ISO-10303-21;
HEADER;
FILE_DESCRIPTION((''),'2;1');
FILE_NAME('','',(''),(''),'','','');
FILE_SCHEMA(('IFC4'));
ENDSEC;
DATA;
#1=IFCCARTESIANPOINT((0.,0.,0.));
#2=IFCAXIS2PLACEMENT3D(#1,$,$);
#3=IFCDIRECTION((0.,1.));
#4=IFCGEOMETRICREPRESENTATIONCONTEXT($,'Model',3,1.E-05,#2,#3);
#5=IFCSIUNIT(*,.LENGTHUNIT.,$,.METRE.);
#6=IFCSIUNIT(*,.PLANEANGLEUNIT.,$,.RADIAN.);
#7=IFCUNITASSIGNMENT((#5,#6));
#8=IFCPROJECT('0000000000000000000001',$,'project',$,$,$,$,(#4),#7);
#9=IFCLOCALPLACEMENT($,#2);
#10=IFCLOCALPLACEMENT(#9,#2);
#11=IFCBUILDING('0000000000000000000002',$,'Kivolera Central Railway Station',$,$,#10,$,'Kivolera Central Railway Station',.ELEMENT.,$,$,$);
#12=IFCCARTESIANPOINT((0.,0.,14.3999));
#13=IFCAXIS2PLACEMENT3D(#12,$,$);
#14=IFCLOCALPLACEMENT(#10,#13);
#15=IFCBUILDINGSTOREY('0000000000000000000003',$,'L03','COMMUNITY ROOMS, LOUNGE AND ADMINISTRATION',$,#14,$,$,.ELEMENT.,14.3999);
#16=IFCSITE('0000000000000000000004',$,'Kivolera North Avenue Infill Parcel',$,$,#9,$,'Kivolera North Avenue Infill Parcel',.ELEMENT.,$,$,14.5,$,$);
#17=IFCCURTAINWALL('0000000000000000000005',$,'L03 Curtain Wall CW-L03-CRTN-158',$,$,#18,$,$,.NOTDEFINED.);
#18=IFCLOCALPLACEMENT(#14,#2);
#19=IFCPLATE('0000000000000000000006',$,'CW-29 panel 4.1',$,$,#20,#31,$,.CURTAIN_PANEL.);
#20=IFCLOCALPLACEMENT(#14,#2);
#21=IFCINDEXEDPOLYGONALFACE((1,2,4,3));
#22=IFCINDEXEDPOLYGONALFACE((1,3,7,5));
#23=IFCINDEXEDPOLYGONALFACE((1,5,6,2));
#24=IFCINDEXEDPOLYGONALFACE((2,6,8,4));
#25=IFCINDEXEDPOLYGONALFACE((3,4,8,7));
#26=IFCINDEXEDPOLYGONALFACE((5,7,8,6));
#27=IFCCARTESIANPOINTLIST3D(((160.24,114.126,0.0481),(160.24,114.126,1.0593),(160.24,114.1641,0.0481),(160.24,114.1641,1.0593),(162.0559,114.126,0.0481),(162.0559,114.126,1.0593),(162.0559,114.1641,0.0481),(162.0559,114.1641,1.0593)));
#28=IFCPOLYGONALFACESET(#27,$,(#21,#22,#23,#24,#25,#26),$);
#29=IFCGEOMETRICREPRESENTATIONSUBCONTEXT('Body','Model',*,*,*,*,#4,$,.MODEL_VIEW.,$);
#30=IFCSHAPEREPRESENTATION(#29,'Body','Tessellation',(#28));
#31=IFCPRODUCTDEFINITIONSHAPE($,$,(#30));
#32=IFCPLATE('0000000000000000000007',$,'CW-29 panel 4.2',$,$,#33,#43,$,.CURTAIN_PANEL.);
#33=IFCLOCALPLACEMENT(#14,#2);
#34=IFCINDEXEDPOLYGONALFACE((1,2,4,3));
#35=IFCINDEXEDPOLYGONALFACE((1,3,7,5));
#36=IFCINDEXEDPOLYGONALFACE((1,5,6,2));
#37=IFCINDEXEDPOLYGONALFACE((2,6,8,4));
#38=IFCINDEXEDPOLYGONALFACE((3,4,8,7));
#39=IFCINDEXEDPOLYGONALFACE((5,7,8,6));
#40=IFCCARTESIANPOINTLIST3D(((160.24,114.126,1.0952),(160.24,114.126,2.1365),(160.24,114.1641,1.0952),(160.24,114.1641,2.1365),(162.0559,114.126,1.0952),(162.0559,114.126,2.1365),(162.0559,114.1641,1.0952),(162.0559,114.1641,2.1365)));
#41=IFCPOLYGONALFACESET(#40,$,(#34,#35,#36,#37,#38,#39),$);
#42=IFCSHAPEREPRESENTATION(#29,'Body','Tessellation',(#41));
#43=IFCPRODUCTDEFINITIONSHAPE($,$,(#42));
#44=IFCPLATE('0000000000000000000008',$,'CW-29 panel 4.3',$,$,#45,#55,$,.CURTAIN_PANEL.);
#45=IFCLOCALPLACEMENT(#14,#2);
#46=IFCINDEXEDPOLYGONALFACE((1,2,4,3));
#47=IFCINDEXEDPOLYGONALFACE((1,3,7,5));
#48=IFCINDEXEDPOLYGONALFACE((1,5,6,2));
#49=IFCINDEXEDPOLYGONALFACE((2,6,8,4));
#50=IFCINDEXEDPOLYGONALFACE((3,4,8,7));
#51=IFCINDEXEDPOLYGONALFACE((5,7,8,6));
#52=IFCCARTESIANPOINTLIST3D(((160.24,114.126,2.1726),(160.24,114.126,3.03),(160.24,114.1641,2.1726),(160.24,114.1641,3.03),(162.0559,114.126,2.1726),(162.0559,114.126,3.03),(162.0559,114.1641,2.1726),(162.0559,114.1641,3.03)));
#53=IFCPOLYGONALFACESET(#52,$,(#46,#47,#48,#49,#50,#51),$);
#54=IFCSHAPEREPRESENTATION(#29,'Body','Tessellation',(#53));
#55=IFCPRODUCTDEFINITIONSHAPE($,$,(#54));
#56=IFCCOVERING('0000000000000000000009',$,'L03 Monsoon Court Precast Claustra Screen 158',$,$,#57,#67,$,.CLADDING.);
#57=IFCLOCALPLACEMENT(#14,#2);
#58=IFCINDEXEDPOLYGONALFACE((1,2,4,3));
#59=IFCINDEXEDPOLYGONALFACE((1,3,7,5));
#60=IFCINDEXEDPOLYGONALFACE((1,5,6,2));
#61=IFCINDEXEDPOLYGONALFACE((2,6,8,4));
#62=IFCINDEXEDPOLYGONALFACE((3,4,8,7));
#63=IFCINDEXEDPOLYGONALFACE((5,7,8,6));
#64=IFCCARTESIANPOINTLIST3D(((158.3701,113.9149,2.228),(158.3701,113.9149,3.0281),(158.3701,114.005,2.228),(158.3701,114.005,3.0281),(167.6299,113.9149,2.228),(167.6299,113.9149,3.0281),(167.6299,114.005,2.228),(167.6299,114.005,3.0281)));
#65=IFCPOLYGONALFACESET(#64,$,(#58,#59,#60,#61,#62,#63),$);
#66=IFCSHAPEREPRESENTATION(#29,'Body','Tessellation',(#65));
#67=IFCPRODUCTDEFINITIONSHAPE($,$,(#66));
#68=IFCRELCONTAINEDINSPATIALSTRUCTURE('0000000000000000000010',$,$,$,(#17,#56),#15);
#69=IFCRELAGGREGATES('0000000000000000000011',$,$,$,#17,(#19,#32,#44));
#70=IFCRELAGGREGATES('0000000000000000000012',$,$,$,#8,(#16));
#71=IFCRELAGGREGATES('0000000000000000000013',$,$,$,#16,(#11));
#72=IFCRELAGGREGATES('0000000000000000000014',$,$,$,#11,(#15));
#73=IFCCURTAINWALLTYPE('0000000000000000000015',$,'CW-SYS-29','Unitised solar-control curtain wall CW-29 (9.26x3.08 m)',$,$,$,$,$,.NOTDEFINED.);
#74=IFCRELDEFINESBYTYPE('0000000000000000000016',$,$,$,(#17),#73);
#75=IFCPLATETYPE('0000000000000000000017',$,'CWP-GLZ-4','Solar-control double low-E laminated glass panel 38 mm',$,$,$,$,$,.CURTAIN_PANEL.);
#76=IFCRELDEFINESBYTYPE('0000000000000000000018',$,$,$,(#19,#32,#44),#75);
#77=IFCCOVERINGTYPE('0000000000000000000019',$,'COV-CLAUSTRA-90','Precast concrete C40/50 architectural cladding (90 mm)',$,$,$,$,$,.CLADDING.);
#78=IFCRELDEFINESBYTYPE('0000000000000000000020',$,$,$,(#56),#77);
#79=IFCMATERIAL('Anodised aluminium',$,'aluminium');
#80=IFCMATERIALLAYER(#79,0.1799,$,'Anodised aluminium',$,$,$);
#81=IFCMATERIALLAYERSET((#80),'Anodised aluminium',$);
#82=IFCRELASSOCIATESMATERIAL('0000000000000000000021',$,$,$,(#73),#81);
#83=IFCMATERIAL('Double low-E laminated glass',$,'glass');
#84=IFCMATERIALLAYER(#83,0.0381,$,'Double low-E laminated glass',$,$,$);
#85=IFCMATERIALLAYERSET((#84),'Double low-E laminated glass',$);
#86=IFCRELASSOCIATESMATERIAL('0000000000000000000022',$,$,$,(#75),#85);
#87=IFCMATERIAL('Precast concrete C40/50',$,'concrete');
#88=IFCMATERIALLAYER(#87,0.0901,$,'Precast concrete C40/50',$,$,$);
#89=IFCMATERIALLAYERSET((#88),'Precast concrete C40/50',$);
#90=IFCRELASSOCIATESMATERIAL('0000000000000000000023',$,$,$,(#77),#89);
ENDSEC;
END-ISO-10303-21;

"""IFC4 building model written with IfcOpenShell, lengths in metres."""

from ifc_helpers import new_model, si_unit, direction, frame, frame_2d, origin, origin_2d, place, context, subcontext, project, spatial, rectangle, extrude, material, layer, layer_set, type_object, element, aggregate, save


model = new_model("IFC4")

# Units and contexts
model_context = context("Model", 3, precision=1e-05, world=origin(), true_north=direction((0.0, 1.0)))
body_context = subcontext(model_context, "Body", "Model", "MODEL_VIEW")
ifc_project = project(units=[si_unit("LENGTHUNIT", "METRE"), si_unit("PLANEANGLEUNIT", "RADIAN")], contexts=[model_context])

# Site, building, storey
site_placement = place(None, origin())
site = spatial("IfcSite", under=ifc_project, at=site_placement, Name="Kivolera North Avenue Infill Parcel", LongName="Kivolera North Avenue Infill Parcel", CompositionType="ELEMENT", RefElevation=14.5)
building_placement = place(site_placement, origin())
building = spatial("IfcBuilding", under=site, at=building_placement, Name="Kivolera Central Railway Station", LongName="Kivolera Central Railway Station", CompositionType="ELEMENT")
storey_placement = place(building_placement, frame((0.0, 0.0, 14.3999)))
storey = spatial("IfcBuildingStorey", under=building, at=storey_placement, Name="L03", Description="COMMUNITY ROOMS, LOUNGE AND ADMINISTRATION", CompositionType="ELEMENT", Elevation=14.3999)

# Curtain wall, plates
ifc_material_1 = material(Name="Anodised aluminium", Category="aluminium")
ifc_layer_1 = layer(ifc_material_1, 0.1799, Name="Anodised aluminium")
ifc_layer_set_1 = layer_set([ifc_layer_1], Name="Anodised aluminium")
curtain_wall_type = type_object("IfcCurtainWallType", Name="CW-SYS-29", Description="Unitised solar-control curtain wall CW-29 (9.26x3.08 m)", PredefinedType="NOTDEFINED", material=ifc_layer_set_1)
curtain_wall_placement = place(storey_placement, origin())
curtain_wall = element("IfcCurtainWall", 1, at=curtain_wall_placement, inside=storey, type_object=curtain_wall_type, Name="L03 Curtain Wall CW-L03-CRTN-158", PredefinedType="NOTDEFINED")
ifc_material_2 = material(Name="Double low-E laminated glass", Category="glass")
ifc_layer_2 = layer(ifc_material_2, 0.0381, Name="Double low-E laminated glass")
ifc_layer_set_2 = layer_set([ifc_layer_2], Name="Double low-E laminated glass")
plate_type = type_object("IfcPlateType", Name="CWP-GLZ-4", Description="Solar-control double low-E laminated glass panel 38 mm", PredefinedType="CURTAIN_PANEL", material=ifc_layer_set_2)
plate_1_placement = place(storey_placement, frame((161.1479, 114.145, 0.0481), z_axis=(0.0, 0.0, 1.0), x_axis=(-1.0, 0.0, 0.0)))
plate_1 = element("IfcPlate", 2, at=plate_1_placement, type_object=plate_type, Name="CW-29 panel 4.1", PredefinedType="CURTAIN_PANEL", context=body_context, shape_type="SweptSolid", body=[
    extrude(rectangle(XDim=1.8159, YDim=0.0381, at=origin_2d()), origin(), (0.0, 0.0, 1.0), 1.0112),
])
plate_2_placement = place(storey_placement, frame((161.1479, 114.145, 1.0952), z_axis=(0.0, 0.0, 1.0), x_axis=(-1.0, 0.0, 0.0)))
plate_2 = element("IfcPlate", 3, at=plate_2_placement, type_object=plate_type, Name="CW-29 panel 4.2", PredefinedType="CURTAIN_PANEL", context=body_context, shape_type="SweptSolid", body=[
    extrude(rectangle(XDim=1.8159, YDim=0.0381, at=origin_2d()), origin(), (0.0, 0.0, 1.0), 1.0413),
])
plate_3_placement = place(storey_placement, frame((161.1479, 114.145, 2.1726), z_axis=(0.0, 0.0, 1.0), x_axis=(-1.0, 0.0, 0.0)))
plate_3 = element("IfcPlate", 4, at=plate_3_placement, type_object=plate_type, Name="CW-29 panel 4.3", PredefinedType="CURTAIN_PANEL", context=body_context, shape_type="SweptSolid", body=[
    extrude(rectangle(XDim=1.8159, YDim=0.0381, at=origin_2d()), origin(), (0.0, 0.0, 1.0), 0.8574),
])
aggregate(curtain_wall, [plate_1, plate_2, plate_3])

# Covering
ifc_material_3 = material(Name="Precast concrete C40/50", Category="concrete")
ifc_layer_3 = layer(ifc_material_3, 0.0901, Name="Precast concrete C40/50")
ifc_layer_set_3 = layer_set([ifc_layer_3], Name="Precast concrete C40/50")
covering_type = type_object("IfcCoveringType", Name="COV-CLAUSTRA-90", Description="Precast concrete C40/50 architectural cladding (90 mm)", PredefinedType="CLADDING", material=ifc_layer_set_3)
covering_placement = place(storey_placement, frame((167.6299, 113.96, 2.228), z_axis=(0.0, 0.0, 1.0), x_axis=(-1.0, 0.0, 0.0)))
element("IfcCovering", 5, at=covering_placement, inside=storey, type_object=covering_type, Name="L03 Monsoon Court Precast Claustra Screen 158", PredefinedType="CLADDING", context=body_context, shape_type="SweptSolid", body=[
    extrude(rectangle(XDim=9.2598, YDim=0.0901, at=frame_2d((4.6299, 0.0))), origin(), (0.0, 0.0, 1.0), 0.8),
])

save(model, "model.ifc")
